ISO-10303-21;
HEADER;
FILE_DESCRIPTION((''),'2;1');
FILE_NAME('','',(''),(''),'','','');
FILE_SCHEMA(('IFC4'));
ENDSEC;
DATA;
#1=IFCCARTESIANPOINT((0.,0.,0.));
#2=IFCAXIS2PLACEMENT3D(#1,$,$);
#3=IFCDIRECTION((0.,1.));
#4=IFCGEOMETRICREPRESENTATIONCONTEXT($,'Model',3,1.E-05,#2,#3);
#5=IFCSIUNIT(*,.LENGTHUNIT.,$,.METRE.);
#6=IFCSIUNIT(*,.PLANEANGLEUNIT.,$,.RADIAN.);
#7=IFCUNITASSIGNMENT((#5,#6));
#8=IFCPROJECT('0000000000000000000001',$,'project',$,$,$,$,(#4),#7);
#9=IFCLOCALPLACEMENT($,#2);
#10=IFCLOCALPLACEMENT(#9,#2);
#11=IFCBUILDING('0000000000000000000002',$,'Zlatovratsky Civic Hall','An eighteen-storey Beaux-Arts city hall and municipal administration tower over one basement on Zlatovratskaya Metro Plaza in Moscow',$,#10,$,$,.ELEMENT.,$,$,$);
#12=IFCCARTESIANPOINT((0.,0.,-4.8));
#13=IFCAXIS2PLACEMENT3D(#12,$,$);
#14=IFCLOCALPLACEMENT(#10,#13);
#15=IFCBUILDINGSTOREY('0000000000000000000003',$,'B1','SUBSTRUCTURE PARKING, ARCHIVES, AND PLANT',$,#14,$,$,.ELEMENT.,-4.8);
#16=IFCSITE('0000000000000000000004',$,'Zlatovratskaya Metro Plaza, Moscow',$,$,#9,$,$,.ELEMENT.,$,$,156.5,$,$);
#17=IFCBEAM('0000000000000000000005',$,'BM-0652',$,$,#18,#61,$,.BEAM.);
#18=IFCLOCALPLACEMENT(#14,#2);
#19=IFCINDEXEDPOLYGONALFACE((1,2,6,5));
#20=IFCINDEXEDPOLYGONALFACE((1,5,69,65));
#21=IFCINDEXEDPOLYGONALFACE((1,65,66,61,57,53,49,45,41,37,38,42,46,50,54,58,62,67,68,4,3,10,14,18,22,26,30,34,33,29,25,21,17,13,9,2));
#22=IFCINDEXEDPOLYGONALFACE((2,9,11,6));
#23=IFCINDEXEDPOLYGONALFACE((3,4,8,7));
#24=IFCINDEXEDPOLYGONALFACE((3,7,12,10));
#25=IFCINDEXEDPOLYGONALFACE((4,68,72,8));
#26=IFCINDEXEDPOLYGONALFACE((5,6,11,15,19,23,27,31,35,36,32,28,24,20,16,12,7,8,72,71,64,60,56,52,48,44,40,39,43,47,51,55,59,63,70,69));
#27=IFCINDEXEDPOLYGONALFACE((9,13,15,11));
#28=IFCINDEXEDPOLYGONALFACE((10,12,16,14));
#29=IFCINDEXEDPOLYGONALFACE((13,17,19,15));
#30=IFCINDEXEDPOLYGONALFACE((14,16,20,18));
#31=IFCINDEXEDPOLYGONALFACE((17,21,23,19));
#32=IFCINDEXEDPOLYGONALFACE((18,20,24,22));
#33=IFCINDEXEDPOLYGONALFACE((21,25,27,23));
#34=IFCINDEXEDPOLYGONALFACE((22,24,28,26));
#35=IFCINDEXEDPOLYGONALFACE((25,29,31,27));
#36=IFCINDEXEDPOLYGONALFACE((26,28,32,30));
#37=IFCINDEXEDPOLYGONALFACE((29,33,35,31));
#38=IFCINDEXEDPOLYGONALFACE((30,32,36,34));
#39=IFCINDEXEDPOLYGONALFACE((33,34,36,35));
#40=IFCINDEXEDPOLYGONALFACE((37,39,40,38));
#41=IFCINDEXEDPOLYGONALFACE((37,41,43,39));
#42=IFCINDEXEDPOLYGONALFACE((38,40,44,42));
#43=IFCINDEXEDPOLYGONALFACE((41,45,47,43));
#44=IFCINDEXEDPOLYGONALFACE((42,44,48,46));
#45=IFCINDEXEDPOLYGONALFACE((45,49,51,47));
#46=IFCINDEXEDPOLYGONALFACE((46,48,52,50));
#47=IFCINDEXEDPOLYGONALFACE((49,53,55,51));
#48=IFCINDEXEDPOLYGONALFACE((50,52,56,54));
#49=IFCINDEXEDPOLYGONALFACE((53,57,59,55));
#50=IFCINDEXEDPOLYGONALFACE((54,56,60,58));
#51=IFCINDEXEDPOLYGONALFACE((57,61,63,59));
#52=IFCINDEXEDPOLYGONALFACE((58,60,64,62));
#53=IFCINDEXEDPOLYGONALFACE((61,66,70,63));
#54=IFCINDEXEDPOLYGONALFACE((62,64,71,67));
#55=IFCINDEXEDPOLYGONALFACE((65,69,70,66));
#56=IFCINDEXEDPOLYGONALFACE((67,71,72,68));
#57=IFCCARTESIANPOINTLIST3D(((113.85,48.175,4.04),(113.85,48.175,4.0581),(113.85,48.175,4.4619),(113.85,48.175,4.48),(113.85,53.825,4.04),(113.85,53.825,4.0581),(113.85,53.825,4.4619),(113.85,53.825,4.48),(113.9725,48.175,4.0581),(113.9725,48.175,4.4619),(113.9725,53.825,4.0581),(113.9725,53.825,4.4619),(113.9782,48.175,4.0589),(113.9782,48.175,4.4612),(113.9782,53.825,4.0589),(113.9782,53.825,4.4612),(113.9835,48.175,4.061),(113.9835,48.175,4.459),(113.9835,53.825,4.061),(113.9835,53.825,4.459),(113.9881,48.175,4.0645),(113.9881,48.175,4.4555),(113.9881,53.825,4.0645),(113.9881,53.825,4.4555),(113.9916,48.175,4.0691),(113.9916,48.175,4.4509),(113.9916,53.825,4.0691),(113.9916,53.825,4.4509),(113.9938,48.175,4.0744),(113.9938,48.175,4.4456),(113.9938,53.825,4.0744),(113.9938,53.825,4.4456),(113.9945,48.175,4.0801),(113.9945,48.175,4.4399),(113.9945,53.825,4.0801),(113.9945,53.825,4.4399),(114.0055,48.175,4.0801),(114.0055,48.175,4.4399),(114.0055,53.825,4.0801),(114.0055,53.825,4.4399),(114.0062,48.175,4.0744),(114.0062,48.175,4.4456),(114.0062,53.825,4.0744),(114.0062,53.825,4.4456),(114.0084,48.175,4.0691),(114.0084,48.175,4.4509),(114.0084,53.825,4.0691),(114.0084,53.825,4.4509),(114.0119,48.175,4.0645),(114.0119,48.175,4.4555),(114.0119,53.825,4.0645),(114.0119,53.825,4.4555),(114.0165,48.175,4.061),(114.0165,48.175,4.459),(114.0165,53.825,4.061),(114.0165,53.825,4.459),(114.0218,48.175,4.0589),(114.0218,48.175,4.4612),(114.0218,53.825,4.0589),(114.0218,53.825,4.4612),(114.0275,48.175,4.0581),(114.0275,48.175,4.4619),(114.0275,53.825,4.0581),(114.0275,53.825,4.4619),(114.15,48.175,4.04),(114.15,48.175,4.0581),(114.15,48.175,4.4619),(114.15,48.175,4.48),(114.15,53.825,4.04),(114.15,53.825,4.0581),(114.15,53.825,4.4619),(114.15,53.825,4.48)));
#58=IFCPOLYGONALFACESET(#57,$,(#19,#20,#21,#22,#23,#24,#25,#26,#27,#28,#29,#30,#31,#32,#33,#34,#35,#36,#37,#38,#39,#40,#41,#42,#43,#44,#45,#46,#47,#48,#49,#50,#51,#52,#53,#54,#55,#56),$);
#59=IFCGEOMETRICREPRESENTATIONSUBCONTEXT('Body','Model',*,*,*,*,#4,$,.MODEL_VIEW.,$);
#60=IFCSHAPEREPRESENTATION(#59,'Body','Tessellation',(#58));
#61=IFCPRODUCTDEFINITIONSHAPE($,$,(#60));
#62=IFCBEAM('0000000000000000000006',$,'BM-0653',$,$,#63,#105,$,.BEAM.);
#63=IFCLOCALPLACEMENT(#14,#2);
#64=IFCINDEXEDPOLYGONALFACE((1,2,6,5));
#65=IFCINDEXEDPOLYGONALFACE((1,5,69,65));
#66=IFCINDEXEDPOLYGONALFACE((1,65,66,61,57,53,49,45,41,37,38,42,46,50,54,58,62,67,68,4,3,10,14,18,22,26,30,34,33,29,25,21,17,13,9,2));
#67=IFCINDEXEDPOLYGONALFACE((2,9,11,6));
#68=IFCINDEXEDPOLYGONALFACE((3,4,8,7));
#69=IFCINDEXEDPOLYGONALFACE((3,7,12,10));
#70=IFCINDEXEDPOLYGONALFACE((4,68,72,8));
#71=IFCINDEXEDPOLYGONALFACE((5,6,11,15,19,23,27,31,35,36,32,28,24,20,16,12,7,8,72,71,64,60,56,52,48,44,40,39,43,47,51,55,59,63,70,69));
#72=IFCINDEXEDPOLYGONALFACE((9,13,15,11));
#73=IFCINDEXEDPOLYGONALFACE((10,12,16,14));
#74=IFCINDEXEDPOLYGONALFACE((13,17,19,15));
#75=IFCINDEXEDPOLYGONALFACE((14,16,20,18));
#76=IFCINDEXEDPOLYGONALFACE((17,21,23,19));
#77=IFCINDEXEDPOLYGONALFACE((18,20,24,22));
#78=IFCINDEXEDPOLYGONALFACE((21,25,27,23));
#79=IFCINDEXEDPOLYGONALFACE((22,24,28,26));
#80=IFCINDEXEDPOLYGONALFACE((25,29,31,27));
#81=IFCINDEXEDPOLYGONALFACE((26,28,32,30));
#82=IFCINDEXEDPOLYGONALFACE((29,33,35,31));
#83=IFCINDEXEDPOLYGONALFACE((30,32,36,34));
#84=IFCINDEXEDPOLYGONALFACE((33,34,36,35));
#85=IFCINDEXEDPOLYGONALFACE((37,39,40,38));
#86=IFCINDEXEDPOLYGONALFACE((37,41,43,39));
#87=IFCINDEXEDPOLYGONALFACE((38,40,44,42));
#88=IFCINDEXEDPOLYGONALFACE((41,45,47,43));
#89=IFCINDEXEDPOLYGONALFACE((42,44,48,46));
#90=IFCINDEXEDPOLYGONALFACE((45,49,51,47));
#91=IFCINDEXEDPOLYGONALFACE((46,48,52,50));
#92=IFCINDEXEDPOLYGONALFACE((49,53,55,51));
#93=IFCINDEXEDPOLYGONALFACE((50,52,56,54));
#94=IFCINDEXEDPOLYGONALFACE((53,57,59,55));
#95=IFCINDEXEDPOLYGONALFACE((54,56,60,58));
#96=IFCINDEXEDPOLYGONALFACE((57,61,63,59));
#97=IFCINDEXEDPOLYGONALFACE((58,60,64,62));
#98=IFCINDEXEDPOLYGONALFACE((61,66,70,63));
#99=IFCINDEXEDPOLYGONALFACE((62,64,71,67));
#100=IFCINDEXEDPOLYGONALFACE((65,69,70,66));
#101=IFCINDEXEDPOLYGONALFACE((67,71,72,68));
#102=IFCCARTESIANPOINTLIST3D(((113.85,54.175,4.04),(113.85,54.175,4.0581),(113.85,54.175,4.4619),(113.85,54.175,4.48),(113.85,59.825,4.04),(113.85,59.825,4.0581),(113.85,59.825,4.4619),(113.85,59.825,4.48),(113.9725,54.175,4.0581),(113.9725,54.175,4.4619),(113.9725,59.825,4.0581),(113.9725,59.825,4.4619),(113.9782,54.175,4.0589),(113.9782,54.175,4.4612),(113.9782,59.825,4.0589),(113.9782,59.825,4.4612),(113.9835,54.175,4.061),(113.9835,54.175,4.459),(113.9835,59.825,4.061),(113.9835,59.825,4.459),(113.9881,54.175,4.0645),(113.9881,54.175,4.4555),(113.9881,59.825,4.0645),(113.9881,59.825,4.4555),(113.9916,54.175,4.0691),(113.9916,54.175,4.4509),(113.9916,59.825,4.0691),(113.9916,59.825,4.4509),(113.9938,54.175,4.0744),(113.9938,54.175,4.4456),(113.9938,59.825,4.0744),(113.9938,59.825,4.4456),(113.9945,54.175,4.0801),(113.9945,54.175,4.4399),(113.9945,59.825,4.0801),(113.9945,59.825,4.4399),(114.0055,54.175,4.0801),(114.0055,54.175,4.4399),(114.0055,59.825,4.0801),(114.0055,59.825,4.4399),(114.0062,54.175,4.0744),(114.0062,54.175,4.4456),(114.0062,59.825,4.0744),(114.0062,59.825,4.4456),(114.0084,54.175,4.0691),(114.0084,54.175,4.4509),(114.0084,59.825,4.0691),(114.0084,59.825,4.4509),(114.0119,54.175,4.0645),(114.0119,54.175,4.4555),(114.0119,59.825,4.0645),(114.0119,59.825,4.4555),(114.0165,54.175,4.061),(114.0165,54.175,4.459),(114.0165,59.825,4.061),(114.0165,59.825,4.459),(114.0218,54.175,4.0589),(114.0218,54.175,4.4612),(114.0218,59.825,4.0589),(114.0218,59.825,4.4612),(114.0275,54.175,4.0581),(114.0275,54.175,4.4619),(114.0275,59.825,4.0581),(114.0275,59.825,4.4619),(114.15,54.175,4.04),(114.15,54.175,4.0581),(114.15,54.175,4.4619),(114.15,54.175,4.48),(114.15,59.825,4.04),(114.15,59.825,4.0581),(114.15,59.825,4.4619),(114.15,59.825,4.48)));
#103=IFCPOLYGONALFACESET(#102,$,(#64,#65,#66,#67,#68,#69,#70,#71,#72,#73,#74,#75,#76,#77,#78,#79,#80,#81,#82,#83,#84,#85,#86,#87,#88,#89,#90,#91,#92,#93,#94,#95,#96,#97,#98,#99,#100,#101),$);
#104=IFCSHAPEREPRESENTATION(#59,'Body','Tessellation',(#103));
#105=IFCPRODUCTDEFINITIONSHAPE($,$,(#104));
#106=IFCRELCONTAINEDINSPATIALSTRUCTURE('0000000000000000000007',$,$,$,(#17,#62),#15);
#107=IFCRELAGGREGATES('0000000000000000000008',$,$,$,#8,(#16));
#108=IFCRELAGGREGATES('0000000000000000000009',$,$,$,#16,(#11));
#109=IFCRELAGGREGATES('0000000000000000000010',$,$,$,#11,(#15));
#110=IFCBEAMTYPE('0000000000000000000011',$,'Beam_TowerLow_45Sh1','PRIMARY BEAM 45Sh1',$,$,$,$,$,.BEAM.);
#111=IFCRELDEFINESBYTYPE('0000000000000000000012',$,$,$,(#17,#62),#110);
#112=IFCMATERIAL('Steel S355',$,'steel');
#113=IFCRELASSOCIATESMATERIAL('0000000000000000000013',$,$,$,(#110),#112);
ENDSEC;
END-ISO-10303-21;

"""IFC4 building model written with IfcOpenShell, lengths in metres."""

from ifc_helpers import new_model, si_unit, direction, frame, origin, origin_2d, place, context, subcontext, project, spatial, i_section, extrude, material, material_profile, profile_set, type_object, element, save


model = new_model("IFC4")

# Units and contexts
model_context = context("Model", 3, precision=1e-05, world=origin(), true_north=direction((0.0, 1.0)))
body_context = subcontext(model_context, "Body", "Model", "MODEL_VIEW")
ifc_project = project(units=[si_unit("LENGTHUNIT", "METRE"), si_unit("PLANEANGLEUNIT", "RADIAN")], contexts=[model_context])

# Site, building, storey
site_placement = place(None, origin())
site = spatial("IfcSite", under=ifc_project, at=site_placement, Name="Zlatovratskaya Metro Plaza, Moscow", CompositionType="ELEMENT", RefElevation=156.5)
building_placement = place(site_placement, origin())
building = spatial("IfcBuilding", under=site, at=building_placement, Name="Zlatovratsky Civic Hall", Description="An eighteen-storey Beaux-Arts city hall and municipal administration tower over one basement on Zlatovratskaya Metro Plaza in Moscow", CompositionType="ELEMENT")
storey_placement = place(building_placement, frame((0.0, 0.0, -4.8)))
storey = spatial("IfcBuildingStorey", under=building, at=storey_placement, Name="B1", Description="SUBSTRUCTURE PARKING, ARCHIVES, AND PLANT", CompositionType="ELEMENT", Elevation=-4.8)

# Shared definitions
ifc_material_1 = material(Name="Steel S355", Category="steel")

# Beams
ifc_material_profile_1 = material_profile(ifc_material_1, i_section(OverallWidth=0.3, OverallDepth=0.4399, WebThickness=0.011, FlangeThickness=0.0181, FilletRadius=0.022, at=origin_2d()), Name="45Sh1")
ifc_profile_set_1 = profile_set([ifc_material_profile_1], Name="Steel S355")
beam_type = type_object("IfcBeamType", Name="Beam_TowerLow_45Sh1", Description="PRIMARY BEAM 45Sh1", PredefinedType="BEAM", material=ifc_profile_set_1)
for number, where, z_axis, x_axis, name in (
    (1, (114.0, 48.175, 4.26), (0.0, 1.0, 0.0), (-1.0, 0.0, 0.0), "BM-0652"),
    (2, (114.0, 54.175, 4.26), (0.0, 1.0, 0.0), (-1.0, 0.0, 0.0), "BM-0653"),
):
    element("IfcBeam", number, at=place(storey_placement, frame(where, z_axis=z_axis, x_axis=x_axis)), inside=storey, type_object=beam_type, Name=name, PredefinedType="BEAM", context=body_context, shape_type="SweptSolid", body=[
        extrude(i_section(OverallWidth=0.3, OverallDepth=0.4399, WebThickness=0.011, FlangeThickness=0.0181, FilletRadius=0.022, at=origin_2d()), origin(), (0.0, 0.0, 1.0), 5.6499),
    ])

save(model, "model.ifc")
